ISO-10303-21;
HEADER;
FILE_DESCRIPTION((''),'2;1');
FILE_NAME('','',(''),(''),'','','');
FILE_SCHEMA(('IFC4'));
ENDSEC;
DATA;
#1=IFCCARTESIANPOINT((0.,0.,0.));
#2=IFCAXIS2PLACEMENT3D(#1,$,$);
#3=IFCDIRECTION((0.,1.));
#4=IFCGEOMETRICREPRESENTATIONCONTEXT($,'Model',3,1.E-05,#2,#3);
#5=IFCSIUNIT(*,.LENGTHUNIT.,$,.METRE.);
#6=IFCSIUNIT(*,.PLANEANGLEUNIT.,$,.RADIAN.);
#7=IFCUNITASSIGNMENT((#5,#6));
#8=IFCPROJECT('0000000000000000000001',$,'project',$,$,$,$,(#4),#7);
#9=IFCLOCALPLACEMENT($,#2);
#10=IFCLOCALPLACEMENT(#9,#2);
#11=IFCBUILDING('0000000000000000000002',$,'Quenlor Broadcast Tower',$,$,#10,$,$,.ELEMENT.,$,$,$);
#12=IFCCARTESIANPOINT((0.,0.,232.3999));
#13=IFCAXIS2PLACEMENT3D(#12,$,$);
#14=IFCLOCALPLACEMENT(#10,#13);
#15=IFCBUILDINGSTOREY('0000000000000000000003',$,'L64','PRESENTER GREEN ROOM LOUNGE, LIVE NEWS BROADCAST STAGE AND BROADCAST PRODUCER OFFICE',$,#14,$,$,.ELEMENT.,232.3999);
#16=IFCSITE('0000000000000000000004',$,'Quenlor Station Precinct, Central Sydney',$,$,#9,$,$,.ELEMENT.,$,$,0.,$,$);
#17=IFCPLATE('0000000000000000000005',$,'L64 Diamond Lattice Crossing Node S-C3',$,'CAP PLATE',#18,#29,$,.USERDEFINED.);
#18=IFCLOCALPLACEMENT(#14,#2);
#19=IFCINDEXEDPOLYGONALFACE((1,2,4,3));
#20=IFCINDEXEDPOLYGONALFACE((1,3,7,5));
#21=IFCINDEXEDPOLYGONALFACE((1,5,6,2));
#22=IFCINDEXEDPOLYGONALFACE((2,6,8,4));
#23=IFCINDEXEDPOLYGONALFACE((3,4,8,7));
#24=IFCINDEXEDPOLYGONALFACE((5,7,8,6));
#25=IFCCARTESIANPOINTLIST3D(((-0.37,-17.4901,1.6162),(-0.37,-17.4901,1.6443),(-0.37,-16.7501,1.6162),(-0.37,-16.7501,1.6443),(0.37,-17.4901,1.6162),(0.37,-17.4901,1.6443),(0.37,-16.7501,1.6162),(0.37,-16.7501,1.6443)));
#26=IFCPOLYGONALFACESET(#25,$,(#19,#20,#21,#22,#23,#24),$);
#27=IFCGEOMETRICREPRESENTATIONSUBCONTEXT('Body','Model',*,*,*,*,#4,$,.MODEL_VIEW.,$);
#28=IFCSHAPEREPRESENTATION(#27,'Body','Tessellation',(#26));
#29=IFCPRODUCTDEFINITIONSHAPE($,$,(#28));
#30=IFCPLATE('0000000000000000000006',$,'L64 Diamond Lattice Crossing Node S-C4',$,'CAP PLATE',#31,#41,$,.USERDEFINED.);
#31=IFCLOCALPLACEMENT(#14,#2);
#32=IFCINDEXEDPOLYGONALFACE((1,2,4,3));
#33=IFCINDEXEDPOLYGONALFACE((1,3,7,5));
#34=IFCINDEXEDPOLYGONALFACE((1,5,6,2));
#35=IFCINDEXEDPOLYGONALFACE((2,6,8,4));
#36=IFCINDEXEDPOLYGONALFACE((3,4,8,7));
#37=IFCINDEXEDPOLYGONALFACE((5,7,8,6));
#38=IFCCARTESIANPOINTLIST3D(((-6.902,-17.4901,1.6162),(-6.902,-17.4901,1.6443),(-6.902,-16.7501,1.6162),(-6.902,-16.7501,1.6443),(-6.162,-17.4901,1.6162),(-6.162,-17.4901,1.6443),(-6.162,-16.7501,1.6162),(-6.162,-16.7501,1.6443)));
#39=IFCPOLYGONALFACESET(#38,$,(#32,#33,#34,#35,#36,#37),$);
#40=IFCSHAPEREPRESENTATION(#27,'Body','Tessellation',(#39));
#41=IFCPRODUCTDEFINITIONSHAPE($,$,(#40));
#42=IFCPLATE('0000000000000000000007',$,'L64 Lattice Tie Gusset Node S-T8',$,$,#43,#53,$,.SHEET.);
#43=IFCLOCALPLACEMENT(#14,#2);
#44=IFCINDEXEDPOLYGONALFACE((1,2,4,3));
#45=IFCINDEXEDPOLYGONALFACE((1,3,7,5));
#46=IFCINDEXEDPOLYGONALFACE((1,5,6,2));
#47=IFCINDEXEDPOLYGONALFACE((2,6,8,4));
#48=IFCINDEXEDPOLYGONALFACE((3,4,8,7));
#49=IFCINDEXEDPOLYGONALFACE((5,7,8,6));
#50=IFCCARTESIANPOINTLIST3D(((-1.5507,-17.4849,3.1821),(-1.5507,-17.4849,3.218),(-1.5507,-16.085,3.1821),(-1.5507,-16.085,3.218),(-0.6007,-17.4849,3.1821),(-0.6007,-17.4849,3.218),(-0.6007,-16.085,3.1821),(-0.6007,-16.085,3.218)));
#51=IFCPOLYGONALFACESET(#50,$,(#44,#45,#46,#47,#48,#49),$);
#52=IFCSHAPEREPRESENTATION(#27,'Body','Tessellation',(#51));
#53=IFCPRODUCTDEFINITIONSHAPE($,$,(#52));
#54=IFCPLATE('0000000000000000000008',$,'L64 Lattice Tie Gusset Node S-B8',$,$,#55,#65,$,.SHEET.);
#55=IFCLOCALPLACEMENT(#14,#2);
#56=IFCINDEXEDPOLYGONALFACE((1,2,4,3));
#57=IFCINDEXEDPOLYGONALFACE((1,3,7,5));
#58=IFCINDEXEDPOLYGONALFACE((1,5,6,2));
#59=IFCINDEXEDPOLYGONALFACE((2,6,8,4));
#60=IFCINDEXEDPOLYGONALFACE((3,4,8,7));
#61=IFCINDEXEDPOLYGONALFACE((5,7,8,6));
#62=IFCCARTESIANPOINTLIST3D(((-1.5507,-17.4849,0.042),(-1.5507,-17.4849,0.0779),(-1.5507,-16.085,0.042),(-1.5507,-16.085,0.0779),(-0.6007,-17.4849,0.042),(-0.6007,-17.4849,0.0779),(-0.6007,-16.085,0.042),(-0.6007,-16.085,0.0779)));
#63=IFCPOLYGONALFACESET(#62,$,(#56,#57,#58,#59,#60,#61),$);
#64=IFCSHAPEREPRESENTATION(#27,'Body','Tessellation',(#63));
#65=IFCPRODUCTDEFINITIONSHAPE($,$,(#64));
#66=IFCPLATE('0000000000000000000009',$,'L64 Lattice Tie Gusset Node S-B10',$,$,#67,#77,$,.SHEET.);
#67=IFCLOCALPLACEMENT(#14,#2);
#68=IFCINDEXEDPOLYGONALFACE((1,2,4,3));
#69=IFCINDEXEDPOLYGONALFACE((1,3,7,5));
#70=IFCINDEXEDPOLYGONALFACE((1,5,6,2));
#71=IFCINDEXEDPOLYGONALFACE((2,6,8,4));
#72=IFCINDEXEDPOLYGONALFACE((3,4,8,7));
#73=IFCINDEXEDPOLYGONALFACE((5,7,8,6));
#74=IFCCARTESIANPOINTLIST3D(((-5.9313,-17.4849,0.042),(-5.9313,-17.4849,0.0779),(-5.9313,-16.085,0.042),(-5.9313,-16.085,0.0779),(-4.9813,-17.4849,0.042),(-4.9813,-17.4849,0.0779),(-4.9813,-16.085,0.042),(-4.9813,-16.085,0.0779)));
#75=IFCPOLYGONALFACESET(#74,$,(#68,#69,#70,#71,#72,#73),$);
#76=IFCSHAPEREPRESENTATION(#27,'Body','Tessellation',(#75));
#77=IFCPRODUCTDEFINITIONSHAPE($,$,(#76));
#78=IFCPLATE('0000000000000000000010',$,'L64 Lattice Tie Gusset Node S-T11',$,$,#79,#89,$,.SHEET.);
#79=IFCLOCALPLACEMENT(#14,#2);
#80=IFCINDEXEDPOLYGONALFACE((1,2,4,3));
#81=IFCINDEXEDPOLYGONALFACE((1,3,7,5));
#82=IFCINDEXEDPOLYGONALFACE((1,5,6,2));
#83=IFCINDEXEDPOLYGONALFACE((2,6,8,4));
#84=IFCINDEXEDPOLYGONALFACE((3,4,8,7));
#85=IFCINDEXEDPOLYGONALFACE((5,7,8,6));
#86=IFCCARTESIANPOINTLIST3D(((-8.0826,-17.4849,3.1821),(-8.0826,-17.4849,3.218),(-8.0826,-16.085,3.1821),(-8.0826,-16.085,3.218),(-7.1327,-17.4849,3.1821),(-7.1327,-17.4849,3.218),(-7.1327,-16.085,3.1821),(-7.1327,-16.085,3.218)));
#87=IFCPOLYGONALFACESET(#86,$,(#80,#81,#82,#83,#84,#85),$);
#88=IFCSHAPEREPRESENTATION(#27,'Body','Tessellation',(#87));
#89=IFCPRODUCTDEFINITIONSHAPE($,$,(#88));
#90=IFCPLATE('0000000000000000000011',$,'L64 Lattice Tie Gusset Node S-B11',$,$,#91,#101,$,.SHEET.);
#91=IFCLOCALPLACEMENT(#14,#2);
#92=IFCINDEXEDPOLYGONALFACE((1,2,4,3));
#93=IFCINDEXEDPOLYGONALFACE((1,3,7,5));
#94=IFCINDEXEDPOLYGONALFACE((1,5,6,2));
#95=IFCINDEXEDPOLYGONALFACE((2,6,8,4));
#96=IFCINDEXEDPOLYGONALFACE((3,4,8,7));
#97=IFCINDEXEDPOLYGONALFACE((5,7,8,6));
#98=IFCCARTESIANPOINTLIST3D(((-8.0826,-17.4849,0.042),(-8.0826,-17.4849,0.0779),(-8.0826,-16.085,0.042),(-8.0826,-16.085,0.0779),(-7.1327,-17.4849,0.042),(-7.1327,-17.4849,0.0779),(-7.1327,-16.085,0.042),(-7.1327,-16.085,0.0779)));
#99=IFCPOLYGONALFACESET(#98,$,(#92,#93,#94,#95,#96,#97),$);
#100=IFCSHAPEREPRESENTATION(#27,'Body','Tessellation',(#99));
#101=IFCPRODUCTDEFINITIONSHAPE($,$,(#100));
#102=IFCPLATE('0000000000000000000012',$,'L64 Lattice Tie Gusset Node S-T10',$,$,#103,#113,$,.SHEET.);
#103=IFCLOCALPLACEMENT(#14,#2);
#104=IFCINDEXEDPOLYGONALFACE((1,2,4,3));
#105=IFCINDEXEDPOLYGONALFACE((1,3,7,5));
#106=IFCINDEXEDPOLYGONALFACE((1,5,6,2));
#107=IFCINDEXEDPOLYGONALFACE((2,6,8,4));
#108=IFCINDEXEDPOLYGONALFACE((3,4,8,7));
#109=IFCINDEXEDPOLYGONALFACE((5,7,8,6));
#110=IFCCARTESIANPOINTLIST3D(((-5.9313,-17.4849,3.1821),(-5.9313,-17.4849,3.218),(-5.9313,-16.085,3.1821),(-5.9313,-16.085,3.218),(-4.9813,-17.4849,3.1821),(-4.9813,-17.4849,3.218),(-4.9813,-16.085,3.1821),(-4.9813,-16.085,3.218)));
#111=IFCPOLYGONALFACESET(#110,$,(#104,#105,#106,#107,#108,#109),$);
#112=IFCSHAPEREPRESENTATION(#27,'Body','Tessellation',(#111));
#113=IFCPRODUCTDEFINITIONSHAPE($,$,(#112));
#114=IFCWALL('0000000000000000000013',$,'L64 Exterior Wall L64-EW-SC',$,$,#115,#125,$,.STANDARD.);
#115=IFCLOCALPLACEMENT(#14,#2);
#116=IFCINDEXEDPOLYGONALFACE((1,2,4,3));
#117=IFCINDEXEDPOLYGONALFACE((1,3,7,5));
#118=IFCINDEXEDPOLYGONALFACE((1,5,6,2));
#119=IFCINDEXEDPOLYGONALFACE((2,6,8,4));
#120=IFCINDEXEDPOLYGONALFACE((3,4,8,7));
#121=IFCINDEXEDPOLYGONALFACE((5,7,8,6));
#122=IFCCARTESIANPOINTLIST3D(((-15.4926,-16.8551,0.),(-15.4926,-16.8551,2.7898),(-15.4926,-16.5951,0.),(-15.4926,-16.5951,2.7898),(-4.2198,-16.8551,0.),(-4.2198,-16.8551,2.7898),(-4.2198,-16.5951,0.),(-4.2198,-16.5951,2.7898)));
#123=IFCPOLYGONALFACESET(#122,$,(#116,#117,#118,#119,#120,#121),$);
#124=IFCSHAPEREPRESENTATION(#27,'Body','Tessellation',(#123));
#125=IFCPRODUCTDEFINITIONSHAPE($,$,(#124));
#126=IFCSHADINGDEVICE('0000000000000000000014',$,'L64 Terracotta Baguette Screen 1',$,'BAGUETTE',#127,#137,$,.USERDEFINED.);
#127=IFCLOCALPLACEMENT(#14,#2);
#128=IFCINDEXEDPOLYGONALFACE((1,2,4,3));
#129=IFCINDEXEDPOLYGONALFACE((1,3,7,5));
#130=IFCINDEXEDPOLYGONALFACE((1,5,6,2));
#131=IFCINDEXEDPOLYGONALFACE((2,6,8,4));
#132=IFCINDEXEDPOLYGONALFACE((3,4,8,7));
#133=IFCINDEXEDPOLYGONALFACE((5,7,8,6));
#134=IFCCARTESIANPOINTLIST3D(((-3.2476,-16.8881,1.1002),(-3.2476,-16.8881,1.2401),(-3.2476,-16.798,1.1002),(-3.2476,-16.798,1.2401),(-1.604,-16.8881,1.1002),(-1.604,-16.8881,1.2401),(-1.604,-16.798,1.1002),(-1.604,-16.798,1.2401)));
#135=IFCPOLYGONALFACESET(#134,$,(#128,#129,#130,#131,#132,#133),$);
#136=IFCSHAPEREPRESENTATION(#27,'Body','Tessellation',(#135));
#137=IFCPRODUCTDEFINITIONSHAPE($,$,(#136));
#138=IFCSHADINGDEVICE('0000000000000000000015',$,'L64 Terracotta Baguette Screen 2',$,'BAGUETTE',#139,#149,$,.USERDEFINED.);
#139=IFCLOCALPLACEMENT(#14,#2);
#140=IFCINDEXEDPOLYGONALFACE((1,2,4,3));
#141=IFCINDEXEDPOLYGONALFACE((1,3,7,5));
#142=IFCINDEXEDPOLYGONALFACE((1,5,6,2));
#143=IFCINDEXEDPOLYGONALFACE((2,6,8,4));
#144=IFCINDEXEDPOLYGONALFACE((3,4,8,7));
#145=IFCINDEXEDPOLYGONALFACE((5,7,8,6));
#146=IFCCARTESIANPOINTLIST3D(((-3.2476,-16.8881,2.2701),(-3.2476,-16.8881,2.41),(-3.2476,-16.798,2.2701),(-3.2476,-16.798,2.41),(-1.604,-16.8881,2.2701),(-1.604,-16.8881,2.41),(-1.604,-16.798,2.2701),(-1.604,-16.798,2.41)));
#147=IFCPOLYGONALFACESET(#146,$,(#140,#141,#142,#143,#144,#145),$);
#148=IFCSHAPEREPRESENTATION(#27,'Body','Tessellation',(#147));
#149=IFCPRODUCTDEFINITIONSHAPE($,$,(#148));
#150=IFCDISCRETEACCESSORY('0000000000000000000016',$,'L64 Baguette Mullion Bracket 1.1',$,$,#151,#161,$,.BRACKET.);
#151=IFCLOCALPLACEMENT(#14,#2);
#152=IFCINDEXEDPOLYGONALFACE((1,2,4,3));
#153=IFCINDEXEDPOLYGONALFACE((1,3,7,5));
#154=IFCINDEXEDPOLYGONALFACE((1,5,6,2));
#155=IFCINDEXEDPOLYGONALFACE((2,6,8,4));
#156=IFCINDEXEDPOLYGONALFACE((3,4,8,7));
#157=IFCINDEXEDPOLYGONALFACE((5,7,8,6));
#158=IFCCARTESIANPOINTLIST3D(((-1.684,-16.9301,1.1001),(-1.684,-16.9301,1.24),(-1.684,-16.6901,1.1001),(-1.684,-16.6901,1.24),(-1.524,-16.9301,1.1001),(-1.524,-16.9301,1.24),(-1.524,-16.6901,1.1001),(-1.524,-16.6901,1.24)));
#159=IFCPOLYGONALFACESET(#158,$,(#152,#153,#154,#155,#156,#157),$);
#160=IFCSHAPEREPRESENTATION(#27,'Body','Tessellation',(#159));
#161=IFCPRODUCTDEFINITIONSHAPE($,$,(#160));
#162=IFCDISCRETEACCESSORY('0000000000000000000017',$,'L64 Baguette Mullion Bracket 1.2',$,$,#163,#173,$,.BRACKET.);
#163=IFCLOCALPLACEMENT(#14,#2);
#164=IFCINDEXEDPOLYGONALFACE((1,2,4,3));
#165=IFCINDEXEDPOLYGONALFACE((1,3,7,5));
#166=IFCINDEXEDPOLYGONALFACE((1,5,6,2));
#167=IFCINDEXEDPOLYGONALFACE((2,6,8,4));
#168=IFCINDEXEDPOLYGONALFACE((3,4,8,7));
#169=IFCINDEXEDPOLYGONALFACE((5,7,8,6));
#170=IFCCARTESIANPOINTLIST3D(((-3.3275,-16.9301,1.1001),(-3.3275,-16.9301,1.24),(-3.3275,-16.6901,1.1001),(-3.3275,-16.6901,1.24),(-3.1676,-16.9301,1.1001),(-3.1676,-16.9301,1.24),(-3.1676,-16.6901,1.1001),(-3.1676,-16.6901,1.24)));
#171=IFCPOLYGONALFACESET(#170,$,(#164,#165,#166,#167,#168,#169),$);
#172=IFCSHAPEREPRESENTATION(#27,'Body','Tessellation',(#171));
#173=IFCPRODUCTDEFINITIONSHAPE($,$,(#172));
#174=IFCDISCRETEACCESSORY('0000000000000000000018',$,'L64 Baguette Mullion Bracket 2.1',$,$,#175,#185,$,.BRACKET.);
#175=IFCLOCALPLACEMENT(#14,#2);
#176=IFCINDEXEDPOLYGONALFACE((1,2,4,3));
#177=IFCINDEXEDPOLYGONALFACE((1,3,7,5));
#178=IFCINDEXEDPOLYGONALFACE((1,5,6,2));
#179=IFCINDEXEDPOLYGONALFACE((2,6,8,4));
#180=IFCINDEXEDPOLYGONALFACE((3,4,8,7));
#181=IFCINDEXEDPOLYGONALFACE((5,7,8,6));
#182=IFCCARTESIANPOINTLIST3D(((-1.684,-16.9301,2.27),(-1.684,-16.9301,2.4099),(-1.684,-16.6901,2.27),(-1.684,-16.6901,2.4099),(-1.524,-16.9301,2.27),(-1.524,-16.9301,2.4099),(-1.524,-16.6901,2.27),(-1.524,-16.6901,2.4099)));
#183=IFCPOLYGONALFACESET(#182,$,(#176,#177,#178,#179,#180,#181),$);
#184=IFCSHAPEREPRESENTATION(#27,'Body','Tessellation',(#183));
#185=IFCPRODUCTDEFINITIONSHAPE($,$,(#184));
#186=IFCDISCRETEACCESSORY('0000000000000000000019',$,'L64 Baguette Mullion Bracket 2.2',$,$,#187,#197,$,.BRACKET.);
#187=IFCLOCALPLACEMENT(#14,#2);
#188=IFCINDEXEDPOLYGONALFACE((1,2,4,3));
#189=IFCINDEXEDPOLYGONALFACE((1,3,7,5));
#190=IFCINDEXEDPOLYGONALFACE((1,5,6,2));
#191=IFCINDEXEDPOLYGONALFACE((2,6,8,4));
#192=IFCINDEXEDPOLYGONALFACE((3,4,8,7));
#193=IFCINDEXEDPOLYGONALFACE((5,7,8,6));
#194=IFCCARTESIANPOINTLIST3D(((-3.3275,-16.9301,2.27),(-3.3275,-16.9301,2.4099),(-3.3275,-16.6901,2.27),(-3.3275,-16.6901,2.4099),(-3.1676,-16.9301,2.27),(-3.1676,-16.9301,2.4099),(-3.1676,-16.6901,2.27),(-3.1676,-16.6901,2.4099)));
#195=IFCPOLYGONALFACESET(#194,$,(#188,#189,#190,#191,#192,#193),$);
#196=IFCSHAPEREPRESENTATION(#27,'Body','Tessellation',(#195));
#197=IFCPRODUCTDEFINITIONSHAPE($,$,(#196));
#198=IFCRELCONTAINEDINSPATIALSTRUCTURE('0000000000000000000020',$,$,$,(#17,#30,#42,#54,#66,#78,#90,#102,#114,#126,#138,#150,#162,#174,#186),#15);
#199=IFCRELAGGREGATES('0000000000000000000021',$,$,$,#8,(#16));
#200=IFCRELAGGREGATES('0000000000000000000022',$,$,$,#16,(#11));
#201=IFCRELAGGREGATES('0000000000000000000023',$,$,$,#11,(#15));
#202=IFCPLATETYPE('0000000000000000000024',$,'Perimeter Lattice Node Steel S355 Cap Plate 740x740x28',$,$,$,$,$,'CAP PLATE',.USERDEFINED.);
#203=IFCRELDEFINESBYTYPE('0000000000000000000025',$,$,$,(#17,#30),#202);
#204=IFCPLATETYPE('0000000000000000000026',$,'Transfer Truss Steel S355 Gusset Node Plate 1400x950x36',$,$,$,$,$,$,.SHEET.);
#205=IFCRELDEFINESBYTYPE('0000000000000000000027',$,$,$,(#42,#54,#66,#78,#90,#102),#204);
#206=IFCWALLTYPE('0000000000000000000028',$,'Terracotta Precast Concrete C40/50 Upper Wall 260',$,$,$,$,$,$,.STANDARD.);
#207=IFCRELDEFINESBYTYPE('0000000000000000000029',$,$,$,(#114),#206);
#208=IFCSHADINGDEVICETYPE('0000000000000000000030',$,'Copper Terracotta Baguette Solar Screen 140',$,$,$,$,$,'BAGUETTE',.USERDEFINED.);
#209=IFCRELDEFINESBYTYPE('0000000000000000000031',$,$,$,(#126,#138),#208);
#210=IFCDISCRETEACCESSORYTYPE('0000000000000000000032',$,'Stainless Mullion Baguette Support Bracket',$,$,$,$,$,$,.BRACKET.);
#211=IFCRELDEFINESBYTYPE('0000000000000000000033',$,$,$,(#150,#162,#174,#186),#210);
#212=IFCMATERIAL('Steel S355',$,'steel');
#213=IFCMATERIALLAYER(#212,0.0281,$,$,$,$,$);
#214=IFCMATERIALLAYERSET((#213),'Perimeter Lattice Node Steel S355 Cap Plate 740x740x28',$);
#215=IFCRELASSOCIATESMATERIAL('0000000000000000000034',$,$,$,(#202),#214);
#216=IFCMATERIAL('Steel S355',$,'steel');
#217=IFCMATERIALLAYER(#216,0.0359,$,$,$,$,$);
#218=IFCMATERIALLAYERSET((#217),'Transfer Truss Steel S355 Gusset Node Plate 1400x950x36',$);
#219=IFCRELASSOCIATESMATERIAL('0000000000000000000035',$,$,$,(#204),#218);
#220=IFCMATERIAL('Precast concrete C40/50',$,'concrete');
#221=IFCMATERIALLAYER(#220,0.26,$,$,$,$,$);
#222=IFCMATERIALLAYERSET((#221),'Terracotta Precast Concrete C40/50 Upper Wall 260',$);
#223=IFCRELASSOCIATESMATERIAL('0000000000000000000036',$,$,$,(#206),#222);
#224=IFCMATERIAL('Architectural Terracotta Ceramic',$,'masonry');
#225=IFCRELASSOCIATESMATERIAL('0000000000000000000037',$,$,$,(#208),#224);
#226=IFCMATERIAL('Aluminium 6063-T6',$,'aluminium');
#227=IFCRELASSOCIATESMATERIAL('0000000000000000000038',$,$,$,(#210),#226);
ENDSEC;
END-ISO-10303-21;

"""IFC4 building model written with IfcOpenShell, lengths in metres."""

from ifc_helpers import new_model, si_unit, direction, frame, frame_2d, origin, origin_2d, place, context, subcontext, project, spatial, rectangle, extrude, material, layer, layer_set, material_profile, profile_set, type_object, element, save


model = new_model("IFC4")

# Units and contexts
model_context = context("Model", 3, precision=1e-05, world=origin(), true_north=direction((0.0, 1.0)))
body_context = subcontext(model_context, "Body", "Model", "MODEL_VIEW")
ifc_project = project(units=[si_unit("LENGTHUNIT", "METRE"), si_unit("PLANEANGLEUNIT", "RADIAN")], contexts=[model_context])

# Site, building, storey
site_placement = place(None, origin())
site = spatial("IfcSite", under=ifc_project, at=site_placement, Name="Quenlor Station Precinct, Central Sydney", CompositionType="ELEMENT", RefElevation=0.0)
building_placement = place(site_placement, origin())
building = spatial("IfcBuilding", under=site, at=building_placement, Name="Quenlor Broadcast Tower", CompositionType="ELEMENT")
storey_placement = place(building_placement, frame((0.0, 0.0, 232.3999)))
storey = spatial("IfcBuildingStorey", under=building, at=storey_placement, Name="L64", Description="PRESENTER GREEN ROOM LOUNGE, LIVE NEWS BROADCAST STAGE AND BROADCAST PRODUCER OFFICE", CompositionType="ELEMENT", Elevation=232.3999)

# Plates
ifc_material_1 = material(Name="Steel S355", Category="steel")
ifc_layer_1 = layer(ifc_material_1, 0.0281)
ifc_layer_set_1 = layer_set([ifc_layer_1], Name="Perimeter Lattice Node Steel S355 Cap Plate 740x740x28")
plate_type_1 = type_object("IfcPlateType", Name="Perimeter Lattice Node Steel S355 Cap Plate 740x740x28", ElementType="CAP PLATE", PredefinedType="USERDEFINED", material=ifc_layer_set_1)
for number, where, z_axis, x_axis, name in (
    (1, (0.0, -17.1201, 1.6162), (0.0, 0.0, 1.0), (-1.0, 0.0, 0.0), "L64 Diamond Lattice Crossing Node S-C3"),
    (2, (-6.532, -17.1201, 1.6162), (0.0, 0.0, 1.0), (-1.0, 0.0, 0.0), "L64 Diamond Lattice Crossing Node S-C4"),
):
    element("IfcPlate", number, at=place(storey_placement, frame(where, z_axis=z_axis, x_axis=x_axis)), inside=storey, type_object=plate_type_1, Name=name, ObjectType="CAP PLATE", PredefinedType="USERDEFINED", context=body_context, shape_type="SweptSolid", body=[
        extrude(rectangle(XDim=0.74, YDim=0.74, at=origin_2d()), origin(), (0.0, 0.0, 1.0), 0.0281),
    ])
ifc_material_2 = material(Name="Steel S355", Category="steel")
ifc_layer_2 = layer(ifc_material_2, 0.0359)
ifc_layer_set_2 = layer_set([ifc_layer_2], Name="Transfer Truss Steel S355 Gusset Node Plate 1400x950x36")
plate_type_2 = type_object("IfcPlateType", Name="Transfer Truss Steel S355 Gusset Node Plate 1400x950x36", PredefinedType="SHEET", material=ifc_layer_set_2)
for number, where, z_axis, x_axis, name in (
    (3, (-1.0757, -16.7849, 3.1821), (0.0, 0.0, 1.0), (0.0, -1.0, 0.0), "L64 Lattice Tie Gusset Node S-T8"),
    (4, (-1.0757, -16.7849, 0.042), (0.0, 0.0, 1.0), (0.0, -1.0, 0.0), "L64 Lattice Tie Gusset Node S-B8"),
    (5, (-5.4563, -16.7849, 0.042), (0.0, 0.0, 1.0), (0.0, -1.0, 0.0), "L64 Lattice Tie Gusset Node S-B10"),
    (6, (-7.6077, -16.7849, 3.1821), (0.0, 0.0, 1.0), (0.0, -1.0, 0.0), "L64 Lattice Tie Gusset Node S-T11"),
    (7, (-7.6077, -16.7849, 0.042), (0.0, 0.0, 1.0), (0.0, -1.0, 0.0), "L64 Lattice Tie Gusset Node S-B11"),
    (8, (-5.4563, -16.7849, 3.1821), (0.0, 0.0, 1.0), (0.0, -1.0, 0.0), "L64 Lattice Tie Gusset Node S-T10"),
):
    element("IfcPlate", number, at=place(storey_placement, frame(where, z_axis=z_axis, x_axis=x_axis)), inside=storey, type_object=plate_type_2, Name=name, PredefinedType="SHEET", context=body_context, shape_type="SweptSolid", body=[
        extrude(rectangle(XDim=1.3999, YDim=0.95, at=origin_2d()), origin(), (0.0, 0.0, 1.0), 0.0359),
    ])

# Wall
ifc_material_3 = material(Name="Precast concrete C40/50", Category="concrete")
ifc_layer_3 = layer(ifc_material_3, 0.26)
ifc_layer_set_3 = layer_set([ifc_layer_3], Name="Terracotta Precast Concrete C40/50 Upper Wall 260")
wall_type = type_object("IfcWallType", Name="Terracotta Precast Concrete C40/50 Upper Wall 260", PredefinedType="STANDARD", material=ifc_layer_set_3)
wall_placement = place(storey_placement, frame((-4.22, -16.7251, 0.0), z_axis=(0.0, 0.0, 1.0), x_axis=(-1.0, 0.0, 0.0)))
element("IfcWall", 9, at=wall_placement, inside=storey, type_object=wall_type, Name="L64 Exterior Wall L64-EW-SC", PredefinedType="STANDARD", context=body_context, shape_type="SweptSolid", body=[
    extrude(rectangle(XDim=11.2727, YDim=0.26, at=frame_2d((5.6362, 0.0))), origin(), (0.0, 0.0, 1.0), 2.7898),
])

# Shading devices
ifc_material_4 = material(Name="Architectural Terracotta Ceramic", Category="masonry")
ifc_material_profile_1 = material_profile(ifc_material_4, rectangle(XDim=0.0901, YDim=0.1399, at=origin_2d()))
ifc_profile_set_1 = profile_set([ifc_material_profile_1], Name="Architectural Terracotta Ceramic BAG90x140")
shading_device_type = type_object("IfcShadingDeviceType", Name="Copper Terracotta Baguette Solar Screen 140", ElementType="BAGUETTE", PredefinedType="USERDEFINED", material=ifc_profile_set_1)
for number, where, z_axis, x_axis, name in (
    (10, (-1.604, -16.843, 1.1702), (-1.0, 0.0, 0.0), (0.0, -1.0, 0.0), "L64 Terracotta Baguette Screen 1"),
    (11, (-1.604, -16.843, 2.3401), (-1.0, 0.0, 0.0), (0.0, -1.0, 0.0), "L64 Terracotta Baguette Screen 2"),
):
    element("IfcShadingDevice", number, at=place(storey_placement, frame(where, z_axis=z_axis, x_axis=x_axis)), inside=storey, type_object=shading_device_type, Name=name, ObjectType="BAGUETTE", PredefinedType="USERDEFINED", context=body_context, shape_type="SweptSolid", body=[
        extrude(rectangle(XDim=0.0901, YDim=0.1399, at=origin_2d()), origin(), (0.0, 0.0, 1.0), 1.6436),
    ])

# Discrete accessories
ifc_material_5 = material(Name="Aluminium 6063-T6", Category="aluminium")
discrete_accessory_type = type_object("IfcDiscreteAccessoryType", Name="Stainless Mullion Baguette Support Bracket", PredefinedType="BRACKET", material=ifc_material_5)
for number, where, z_axis, x_axis, name in (
    (12, (-1.604, -16.8101, 1.1001), (0.0, 0.0, 1.0), (-1.0, 0.0, 0.0), "L64 Baguette Mullion Bracket 1.1"),
    (13, (-3.2476, -16.8101, 1.1001), (0.0, 0.0, 1.0), (-1.0, 0.0, 0.0), "L64 Baguette Mullion Bracket 1.2"),
    (14, (-1.604, -16.8101, 2.27), (0.0, 0.0, 1.0), (-1.0, 0.0, 0.0), "L64 Baguette Mullion Bracket 2.1"),
    (15, (-3.2476, -16.8101, 2.27), (0.0, 0.0, 1.0), (-1.0, 0.0, 0.0), "L64 Baguette Mullion Bracket 2.2"),
):
    element("IfcDiscreteAccessory", number, at=place(storey_placement, frame(where, z_axis=z_axis, x_axis=x_axis)), inside=storey, type_object=discrete_accessory_type, Name=name, PredefinedType="BRACKET", context=body_context, shape_type="SweptSolid", body=[
        extrude(rectangle(XDim=0.1599, YDim=0.24, at=origin_2d()), origin(), (0.0, 0.0, 1.0), 0.1399),
    ])

save(model, "model.ifc")
